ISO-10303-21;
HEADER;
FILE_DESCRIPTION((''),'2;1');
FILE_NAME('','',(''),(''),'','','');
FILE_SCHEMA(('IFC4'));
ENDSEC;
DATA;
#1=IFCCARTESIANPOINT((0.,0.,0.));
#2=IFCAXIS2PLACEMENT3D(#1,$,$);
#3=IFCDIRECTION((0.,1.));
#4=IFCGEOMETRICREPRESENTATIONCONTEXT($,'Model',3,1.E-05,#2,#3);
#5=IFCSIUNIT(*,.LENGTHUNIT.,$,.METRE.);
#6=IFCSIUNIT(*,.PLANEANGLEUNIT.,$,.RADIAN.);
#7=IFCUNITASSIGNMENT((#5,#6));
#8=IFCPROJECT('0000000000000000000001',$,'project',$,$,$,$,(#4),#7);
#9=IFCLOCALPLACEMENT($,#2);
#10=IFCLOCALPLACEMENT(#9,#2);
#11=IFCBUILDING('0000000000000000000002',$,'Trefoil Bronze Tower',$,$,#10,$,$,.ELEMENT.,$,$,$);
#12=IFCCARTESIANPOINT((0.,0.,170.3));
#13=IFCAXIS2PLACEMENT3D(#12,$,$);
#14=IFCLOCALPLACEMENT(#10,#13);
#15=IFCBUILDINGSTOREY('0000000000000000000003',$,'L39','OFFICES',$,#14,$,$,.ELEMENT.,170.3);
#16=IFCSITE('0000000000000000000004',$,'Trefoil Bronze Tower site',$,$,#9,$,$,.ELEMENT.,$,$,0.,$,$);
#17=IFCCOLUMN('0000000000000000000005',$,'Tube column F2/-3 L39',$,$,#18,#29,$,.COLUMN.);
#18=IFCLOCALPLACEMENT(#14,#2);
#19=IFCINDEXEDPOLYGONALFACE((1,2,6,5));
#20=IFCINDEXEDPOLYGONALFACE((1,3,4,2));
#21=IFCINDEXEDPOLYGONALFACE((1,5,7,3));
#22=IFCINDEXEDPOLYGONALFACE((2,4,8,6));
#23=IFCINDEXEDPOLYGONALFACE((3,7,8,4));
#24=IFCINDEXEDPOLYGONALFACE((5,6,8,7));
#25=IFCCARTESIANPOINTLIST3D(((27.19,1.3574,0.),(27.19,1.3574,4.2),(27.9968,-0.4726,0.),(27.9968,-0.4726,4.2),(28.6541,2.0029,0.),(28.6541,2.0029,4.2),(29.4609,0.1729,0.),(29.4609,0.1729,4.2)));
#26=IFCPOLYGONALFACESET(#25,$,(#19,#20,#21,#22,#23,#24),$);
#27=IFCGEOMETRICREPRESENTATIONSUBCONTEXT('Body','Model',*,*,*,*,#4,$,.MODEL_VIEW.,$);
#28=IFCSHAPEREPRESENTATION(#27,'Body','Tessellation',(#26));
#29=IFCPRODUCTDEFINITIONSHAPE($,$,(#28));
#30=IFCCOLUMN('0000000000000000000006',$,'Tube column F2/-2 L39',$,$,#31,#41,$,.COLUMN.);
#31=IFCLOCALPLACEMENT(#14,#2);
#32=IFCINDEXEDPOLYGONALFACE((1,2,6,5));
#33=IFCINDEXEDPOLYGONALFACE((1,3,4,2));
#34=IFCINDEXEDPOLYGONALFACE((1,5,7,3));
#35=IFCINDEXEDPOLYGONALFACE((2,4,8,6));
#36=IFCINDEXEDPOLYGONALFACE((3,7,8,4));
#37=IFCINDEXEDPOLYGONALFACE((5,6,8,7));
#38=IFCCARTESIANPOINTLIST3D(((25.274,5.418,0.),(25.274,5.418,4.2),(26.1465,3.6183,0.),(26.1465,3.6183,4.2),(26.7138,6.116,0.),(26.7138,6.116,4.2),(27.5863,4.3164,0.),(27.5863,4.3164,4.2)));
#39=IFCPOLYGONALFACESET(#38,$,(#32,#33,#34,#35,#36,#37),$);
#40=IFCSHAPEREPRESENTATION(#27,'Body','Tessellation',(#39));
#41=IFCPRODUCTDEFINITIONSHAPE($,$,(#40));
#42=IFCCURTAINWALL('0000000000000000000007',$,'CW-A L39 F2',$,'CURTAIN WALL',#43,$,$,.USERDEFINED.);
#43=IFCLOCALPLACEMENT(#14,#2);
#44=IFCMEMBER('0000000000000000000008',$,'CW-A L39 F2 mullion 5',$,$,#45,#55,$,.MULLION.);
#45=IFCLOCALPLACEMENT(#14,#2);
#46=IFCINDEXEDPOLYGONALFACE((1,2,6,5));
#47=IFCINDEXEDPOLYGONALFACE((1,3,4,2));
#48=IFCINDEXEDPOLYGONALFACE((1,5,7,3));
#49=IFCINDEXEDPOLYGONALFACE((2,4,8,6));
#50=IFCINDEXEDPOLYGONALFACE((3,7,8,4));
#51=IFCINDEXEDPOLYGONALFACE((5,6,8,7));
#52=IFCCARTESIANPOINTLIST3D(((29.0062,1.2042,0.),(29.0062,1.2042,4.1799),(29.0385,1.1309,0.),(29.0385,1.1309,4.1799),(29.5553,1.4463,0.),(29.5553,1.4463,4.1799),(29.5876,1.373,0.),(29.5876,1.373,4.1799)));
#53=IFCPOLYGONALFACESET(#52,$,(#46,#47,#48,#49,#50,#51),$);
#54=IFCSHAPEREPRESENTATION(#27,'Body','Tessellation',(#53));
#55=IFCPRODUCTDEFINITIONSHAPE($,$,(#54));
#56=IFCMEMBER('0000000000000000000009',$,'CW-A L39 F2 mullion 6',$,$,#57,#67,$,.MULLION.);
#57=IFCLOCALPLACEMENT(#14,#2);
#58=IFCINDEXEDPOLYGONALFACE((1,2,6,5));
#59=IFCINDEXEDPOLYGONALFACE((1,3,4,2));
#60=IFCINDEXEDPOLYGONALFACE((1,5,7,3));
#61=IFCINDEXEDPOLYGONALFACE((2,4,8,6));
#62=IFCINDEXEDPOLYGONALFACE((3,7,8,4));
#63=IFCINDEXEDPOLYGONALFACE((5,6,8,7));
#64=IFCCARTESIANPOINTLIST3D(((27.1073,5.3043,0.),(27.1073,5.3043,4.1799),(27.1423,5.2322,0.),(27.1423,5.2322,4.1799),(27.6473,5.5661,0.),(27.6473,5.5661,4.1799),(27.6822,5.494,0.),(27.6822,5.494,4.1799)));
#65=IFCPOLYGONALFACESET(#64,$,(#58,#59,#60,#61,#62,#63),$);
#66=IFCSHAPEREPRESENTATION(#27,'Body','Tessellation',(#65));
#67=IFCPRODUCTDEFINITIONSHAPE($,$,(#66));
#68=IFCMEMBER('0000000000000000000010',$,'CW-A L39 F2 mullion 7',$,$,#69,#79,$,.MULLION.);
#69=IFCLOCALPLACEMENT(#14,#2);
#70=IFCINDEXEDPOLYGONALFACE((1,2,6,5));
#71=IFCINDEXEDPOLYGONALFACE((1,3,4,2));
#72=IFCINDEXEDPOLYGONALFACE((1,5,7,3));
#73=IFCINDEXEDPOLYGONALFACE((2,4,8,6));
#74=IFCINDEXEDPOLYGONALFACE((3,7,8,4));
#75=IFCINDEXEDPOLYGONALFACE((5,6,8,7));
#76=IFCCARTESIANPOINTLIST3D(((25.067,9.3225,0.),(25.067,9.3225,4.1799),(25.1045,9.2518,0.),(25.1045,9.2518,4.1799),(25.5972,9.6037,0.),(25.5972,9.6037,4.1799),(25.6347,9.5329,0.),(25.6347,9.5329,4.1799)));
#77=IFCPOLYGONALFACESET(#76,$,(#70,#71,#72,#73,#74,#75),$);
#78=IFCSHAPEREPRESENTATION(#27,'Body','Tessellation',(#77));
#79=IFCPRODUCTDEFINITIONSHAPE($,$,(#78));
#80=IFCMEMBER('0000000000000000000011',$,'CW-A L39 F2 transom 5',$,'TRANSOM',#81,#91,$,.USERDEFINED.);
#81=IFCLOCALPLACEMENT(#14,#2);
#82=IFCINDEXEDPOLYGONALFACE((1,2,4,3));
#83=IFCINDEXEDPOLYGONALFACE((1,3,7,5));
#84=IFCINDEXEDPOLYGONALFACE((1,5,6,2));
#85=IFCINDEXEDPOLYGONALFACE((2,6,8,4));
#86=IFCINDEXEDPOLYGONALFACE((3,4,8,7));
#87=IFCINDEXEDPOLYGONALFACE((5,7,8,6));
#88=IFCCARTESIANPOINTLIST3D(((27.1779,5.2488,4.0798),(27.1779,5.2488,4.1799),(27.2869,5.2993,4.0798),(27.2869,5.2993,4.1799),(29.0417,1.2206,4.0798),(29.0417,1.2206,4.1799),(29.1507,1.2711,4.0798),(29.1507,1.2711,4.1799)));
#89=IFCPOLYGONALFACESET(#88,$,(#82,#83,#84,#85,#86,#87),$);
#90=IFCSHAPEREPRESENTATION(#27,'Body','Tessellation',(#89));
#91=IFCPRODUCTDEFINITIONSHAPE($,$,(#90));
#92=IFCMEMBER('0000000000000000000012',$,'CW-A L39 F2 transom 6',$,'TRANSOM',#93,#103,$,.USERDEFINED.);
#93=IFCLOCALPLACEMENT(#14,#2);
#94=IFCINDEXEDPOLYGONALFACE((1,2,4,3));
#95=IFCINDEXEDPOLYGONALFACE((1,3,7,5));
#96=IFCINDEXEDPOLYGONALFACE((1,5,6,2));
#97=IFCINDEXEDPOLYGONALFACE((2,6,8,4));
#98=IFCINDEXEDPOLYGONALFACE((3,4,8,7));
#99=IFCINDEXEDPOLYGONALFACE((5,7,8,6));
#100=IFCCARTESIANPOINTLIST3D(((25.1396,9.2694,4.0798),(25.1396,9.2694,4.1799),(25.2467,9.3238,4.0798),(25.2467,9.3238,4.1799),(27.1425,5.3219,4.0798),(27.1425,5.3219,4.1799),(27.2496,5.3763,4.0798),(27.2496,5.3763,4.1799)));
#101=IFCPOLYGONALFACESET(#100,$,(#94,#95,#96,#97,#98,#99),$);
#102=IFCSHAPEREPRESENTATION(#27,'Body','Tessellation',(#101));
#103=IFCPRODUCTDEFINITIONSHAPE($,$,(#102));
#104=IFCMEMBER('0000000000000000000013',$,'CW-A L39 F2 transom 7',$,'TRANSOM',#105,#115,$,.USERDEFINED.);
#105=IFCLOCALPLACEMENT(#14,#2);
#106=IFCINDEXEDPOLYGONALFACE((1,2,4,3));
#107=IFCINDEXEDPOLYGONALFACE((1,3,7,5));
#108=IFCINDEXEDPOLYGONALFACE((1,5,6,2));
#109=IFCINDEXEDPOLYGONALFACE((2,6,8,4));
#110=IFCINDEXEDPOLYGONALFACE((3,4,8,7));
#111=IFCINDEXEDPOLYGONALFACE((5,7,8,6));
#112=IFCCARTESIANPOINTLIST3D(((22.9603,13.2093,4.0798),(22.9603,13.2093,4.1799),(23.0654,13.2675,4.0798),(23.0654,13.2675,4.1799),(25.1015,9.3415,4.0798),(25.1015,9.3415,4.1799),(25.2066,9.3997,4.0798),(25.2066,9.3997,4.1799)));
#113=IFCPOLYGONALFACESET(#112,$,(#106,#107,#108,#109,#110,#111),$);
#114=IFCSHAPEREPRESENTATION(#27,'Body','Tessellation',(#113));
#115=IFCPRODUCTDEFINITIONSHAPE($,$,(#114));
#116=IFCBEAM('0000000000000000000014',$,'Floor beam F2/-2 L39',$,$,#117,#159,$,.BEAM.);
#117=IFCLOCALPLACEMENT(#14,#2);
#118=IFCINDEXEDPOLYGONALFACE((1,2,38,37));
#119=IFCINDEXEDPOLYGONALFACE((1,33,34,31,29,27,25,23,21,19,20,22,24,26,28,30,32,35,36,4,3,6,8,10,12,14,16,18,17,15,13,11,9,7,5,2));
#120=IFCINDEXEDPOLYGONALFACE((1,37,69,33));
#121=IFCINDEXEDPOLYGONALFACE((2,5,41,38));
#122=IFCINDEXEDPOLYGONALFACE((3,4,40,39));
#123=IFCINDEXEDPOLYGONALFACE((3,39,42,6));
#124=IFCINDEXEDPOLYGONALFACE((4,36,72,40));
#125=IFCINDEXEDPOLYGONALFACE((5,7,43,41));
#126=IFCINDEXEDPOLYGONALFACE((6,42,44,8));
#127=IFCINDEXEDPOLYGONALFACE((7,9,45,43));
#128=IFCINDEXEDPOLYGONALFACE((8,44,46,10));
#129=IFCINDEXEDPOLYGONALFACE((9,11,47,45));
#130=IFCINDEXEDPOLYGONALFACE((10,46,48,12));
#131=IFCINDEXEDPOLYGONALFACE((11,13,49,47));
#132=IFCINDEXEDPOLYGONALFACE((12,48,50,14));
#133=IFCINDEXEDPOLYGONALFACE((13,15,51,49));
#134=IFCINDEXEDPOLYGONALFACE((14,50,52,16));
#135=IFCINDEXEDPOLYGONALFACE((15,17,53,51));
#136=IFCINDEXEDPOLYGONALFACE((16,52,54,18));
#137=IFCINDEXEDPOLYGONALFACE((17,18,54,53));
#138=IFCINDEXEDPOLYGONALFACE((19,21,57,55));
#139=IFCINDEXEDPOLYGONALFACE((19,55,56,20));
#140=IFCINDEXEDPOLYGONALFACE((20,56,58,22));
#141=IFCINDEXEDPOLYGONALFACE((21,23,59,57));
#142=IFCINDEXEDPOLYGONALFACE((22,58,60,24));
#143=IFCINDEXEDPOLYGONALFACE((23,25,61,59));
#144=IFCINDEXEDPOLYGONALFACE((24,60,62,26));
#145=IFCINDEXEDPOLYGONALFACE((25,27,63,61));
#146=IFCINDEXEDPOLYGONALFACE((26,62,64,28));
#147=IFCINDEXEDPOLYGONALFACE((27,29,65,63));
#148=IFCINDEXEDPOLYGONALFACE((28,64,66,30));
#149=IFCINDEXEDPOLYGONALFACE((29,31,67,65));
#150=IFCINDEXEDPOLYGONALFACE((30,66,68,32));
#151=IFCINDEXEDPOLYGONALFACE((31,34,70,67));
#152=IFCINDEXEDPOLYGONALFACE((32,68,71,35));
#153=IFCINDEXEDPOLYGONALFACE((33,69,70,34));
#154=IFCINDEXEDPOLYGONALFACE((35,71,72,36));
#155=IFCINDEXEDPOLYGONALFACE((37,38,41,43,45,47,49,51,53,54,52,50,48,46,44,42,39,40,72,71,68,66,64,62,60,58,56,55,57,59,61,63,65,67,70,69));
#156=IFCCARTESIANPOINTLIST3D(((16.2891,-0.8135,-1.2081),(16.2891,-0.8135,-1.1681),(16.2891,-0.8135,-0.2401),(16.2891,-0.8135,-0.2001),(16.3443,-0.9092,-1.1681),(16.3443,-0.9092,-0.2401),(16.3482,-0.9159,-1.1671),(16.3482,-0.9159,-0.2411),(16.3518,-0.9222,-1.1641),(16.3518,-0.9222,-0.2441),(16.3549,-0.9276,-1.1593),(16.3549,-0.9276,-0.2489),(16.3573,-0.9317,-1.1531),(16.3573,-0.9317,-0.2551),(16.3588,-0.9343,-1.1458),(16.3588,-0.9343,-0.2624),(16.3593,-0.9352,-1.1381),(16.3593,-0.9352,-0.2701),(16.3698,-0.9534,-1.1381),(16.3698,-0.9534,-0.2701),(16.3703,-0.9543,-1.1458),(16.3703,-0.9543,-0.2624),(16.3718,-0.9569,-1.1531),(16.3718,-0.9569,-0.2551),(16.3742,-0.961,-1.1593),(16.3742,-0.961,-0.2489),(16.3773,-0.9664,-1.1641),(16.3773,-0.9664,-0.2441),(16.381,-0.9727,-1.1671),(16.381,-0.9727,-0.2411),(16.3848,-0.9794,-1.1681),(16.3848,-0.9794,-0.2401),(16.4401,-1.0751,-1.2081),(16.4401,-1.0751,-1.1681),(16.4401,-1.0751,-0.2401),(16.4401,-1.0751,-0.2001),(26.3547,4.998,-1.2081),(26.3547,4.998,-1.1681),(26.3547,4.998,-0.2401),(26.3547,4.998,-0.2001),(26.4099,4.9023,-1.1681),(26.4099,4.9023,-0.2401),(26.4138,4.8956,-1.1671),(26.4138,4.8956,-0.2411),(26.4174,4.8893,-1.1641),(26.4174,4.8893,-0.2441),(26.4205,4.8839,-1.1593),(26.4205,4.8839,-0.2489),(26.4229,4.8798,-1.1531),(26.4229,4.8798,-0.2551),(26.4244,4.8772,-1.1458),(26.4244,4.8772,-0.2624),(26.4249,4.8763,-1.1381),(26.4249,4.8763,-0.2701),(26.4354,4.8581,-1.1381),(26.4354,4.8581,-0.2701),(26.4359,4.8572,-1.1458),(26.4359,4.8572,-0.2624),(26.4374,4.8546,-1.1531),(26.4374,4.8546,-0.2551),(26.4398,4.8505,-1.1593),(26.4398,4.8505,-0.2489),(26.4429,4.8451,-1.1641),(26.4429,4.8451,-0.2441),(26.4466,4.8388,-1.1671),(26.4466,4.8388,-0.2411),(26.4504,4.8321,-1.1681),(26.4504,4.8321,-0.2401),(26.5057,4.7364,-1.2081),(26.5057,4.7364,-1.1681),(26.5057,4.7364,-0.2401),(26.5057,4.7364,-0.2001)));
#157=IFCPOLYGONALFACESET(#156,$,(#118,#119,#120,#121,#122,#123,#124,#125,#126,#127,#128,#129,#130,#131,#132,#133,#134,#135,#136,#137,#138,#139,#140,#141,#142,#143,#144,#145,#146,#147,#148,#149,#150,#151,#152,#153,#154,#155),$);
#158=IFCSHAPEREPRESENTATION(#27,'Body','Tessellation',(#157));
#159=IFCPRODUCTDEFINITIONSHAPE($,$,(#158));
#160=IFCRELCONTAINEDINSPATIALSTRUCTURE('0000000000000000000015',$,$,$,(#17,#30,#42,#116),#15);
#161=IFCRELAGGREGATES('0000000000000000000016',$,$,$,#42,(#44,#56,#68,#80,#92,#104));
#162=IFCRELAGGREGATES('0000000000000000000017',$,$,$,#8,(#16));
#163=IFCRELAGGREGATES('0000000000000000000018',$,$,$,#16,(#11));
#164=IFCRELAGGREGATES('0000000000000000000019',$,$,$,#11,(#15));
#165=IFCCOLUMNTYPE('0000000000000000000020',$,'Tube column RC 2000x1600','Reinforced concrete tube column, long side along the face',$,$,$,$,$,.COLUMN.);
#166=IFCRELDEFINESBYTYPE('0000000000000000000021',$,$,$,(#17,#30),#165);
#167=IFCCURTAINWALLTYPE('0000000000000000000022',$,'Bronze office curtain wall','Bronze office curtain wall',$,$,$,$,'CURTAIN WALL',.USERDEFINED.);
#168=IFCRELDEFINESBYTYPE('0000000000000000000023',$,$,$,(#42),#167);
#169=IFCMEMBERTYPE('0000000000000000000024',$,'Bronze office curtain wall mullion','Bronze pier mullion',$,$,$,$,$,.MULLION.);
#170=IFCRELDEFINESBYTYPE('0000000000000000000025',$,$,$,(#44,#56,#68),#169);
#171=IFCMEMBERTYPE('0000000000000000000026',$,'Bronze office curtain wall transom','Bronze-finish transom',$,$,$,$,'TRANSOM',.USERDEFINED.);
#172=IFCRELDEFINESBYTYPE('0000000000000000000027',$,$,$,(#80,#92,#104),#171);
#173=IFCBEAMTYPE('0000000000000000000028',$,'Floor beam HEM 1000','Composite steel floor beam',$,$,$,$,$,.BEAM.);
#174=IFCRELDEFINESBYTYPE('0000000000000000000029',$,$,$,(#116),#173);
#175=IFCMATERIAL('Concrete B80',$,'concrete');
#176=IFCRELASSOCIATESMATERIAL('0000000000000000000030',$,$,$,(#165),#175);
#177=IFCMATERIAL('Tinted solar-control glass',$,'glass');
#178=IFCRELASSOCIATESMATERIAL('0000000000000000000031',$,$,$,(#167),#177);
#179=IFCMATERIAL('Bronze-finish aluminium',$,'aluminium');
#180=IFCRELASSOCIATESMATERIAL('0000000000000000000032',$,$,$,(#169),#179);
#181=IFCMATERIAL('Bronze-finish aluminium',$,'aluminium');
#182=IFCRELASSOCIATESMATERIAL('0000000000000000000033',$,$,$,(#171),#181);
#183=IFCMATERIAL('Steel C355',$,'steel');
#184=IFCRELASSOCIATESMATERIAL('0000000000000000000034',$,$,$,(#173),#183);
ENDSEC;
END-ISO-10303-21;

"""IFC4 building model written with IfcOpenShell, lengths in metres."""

from ifc_helpers import new_model, si_unit, direction, frame, origin, origin_2d, place, context, subcontext, project, spatial, rectangle, i_section, extrude, material, material_profile, profile_set, type_object, element, aggregate, save


model = new_model("IFC4")

# Units and contexts
model_context = context("Model", 3, precision=1e-05, world=origin(), true_north=direction((0.0, 1.0)))
body_context = subcontext(model_context, "Body", "Model", "MODEL_VIEW")
ifc_project = project(units=[si_unit("LENGTHUNIT", "METRE"), si_unit("PLANEANGLEUNIT", "RADIAN")], contexts=[model_context])

# Site, building, storey
site_placement = place(None, origin())
site = spatial("IfcSite", under=ifc_project, at=site_placement, Name="Trefoil Bronze Tower site", CompositionType="ELEMENT", RefElevation=0.0)
building_placement = place(site_placement, origin())
building = spatial("IfcBuilding", under=site, at=building_placement, Name="Trefoil Bronze Tower", CompositionType="ELEMENT")
storey_placement = place(building_placement, frame((0.0, 0.0, 170.3)))
storey = spatial("IfcBuildingStorey", under=building, at=storey_placement, Name="L39", Description="OFFICES", CompositionType="ELEMENT", Elevation=170.3)

# Columns
ifc_material_1 = material(Name="Concrete B80", Category="concrete")
ifc_material_profile_1 = material_profile(ifc_material_1, rectangle(XDim=2.0, YDim=1.6001, at=origin_2d()), Name="RC 2000x1600")
ifc_profile_set_1 = profile_set([ifc_material_profile_1], Name="Concrete B80")
column_type = type_object("IfcColumnType", Name="Tube column RC 2000x1600", Description="Reinforced concrete tube column, long side along the face", PredefinedType="COLUMN", material=ifc_profile_set_1)
for number, where, z_axis, x_axis, name in (
    (1, (28.3254, 0.7651, 0.0), (0.0, 0.0, 1.0), (-0.403412, 0.915018, 0.0), "Tube column F2/-3 L39"),
    (2, (26.4302, 4.8672, 0.0), (0.0, 0.0, 1.0), (-0.436262, 0.89982, 0.0), "Tube column F2/-2 L39"),
):
    element("IfcColumn", number, at=place(storey_placement, frame(where, z_axis=z_axis, x_axis=x_axis)), inside=storey, type_object=column_type, Name=name, PredefinedType="COLUMN", context=body_context, shape_type="SweptSolid", body=[
        extrude(rectangle(XDim=2.0, YDim=1.6001, at=origin_2d()), origin(), (0.0, 0.0, 1.0), 4.2),
    ])

# Curtain wall, members
ifc_material_2 = material(Name="Tinted solar-control glass", Category="glass")
curtain_wall_type = type_object("IfcCurtainWallType", Name="Bronze office curtain wall", Description="Bronze office curtain wall", ElementType="CURTAIN WALL", PredefinedType="USERDEFINED", material=ifc_material_2)
curtain_wall_placement = place(storey_placement, origin())
curtain_wall = element("IfcCurtainWall", 3, at=curtain_wall_placement, inside=storey, type_object=curtain_wall_type, Name="CW-A L39 F2", ObjectType="CURTAIN WALL", PredefinedType="USERDEFINED")
ifc_material_3 = material(Name="Bronze-finish aluminium", Category="aluminium")
ifc_material_profile_2 = material_profile(ifc_material_3, rectangle(XDim=0.6001, YDim=0.0801, at=origin_2d()), Name="CW-A mullion")
ifc_profile_set_2 = profile_set([ifc_material_profile_2], Name="Bronze-finish aluminium")
member_type_1 = type_object("IfcMemberType", Name="Bronze office curtain wall mullion", Description="Bronze pier mullion", PredefinedType="MULLION", material=ifc_profile_set_2)
member_1_placement = place(storey_placement, frame((29.2969, 1.2886, 0.0), z_axis=(0.0, 0.0, 1.0), x_axis=(-0.915018, -0.403412, 0.0)))
member_1 = element("IfcMember", 4, at=member_1_placement, type_object=member_type_1, Name="CW-A L39 F2 mullion 5", PredefinedType="MULLION", context=body_context, shape_type="SweptSolid", body=[
    extrude(rectangle(XDim=0.6001, YDim=0.0801, at=origin_2d()), origin(), (0.0, 0.0, 1.0), 4.1799),
])
member_2_placement = place(storey_placement, frame((27.3948, 5.3992, 0.0), z_axis=(0.0, 0.0, 1.0), x_axis=(-0.89982, -0.436262, 0.0)))
member_2 = element("IfcMember", 5, at=member_2_placement, type_object=member_type_1, Name="CW-A L39 F2 mullion 6", PredefinedType="MULLION", context=body_context, shape_type="SweptSolid", body=[
    extrude(rectangle(XDim=0.6001, YDim=0.0801, at=origin_2d()), origin(), (0.0, 0.0, 1.0), 4.1799),
])
member_3_placement = place(storey_placement, frame((25.3508, 9.4277, 0.0), z_axis=(0.0, 0.0, 1.0), x_axis=(-0.883486, -0.468457, 0.0)))
member_3 = element("IfcMember", 6, at=member_3_placement, type_object=member_type_1, Name="CW-A L39 F2 mullion 7", PredefinedType="MULLION", context=body_context, shape_type="SweptSolid", body=[
    extrude(rectangle(XDim=0.6001, YDim=0.0801, at=origin_2d()), origin(), (0.0, 0.0, 1.0), 4.1799),
])
ifc_material_4 = material(Name="Bronze-finish aluminium", Category="aluminium")
ifc_material_profile_3 = material_profile(ifc_material_4, rectangle(XDim=0.1201, YDim=0.1001, at=origin_2d()), Name="CW-A transom")
ifc_profile_set_3 = profile_set([ifc_material_profile_3], Name="Bronze-finish aluminium")
member_type_2 = type_object("IfcMemberType", Name="Bronze office curtain wall transom", Description="Bronze-finish transom", ElementType="TRANSOM", PredefinedType="USERDEFINED", material=ifc_profile_set_3)
member_4_placement = place(storey_placement, frame((29.0962, 1.2458, 4.1299), z_axis=(-0.419923, 0.90756, 0.0), x_axis=(-0.90756, -0.419923, 0.0)))
member_4 = element("IfcMember", 7, at=member_4_placement, type_object=member_type_2, Name="CW-A L39 F2 transom 5", ObjectType="TRANSOM", PredefinedType="USERDEFINED", context=body_context, shape_type="SweptSolid", body=[
    extrude(rectangle(XDim=0.1201, YDim=0.1001, at=origin_2d()), origin(), (0.0, 0.0, 1.0), 4.4385),
])
member_5_placement = place(storey_placement, frame((27.196, 5.3491, 4.1299), z_axis=(-0.452478, 0.891775, 0.0), x_axis=(-0.891775, -0.452478, 0.0)))
member_5 = element("IfcMember", 8, at=member_5_placement, type_object=member_type_2, Name="CW-A L39 F2 transom 6", ObjectType="TRANSOM", PredefinedType="USERDEFINED", context=body_context, shape_type="SweptSolid", body=[
    extrude(rectangle(XDim=0.1201, YDim=0.1001, at=origin_2d()), origin(), (0.0, 0.0, 1.0), 4.4265),
])
member_6_placement = place(storey_placement, frame((25.1541, 9.3706, 4.1299), z_axis=(-0.484329, 0.874886, 0.0), x_axis=(-0.874886, -0.484329, 0.0)))
member_6 = element("IfcMember", 9, at=member_6_placement, type_object=member_type_2, Name="CW-A L39 F2 transom 7", ObjectType="TRANSOM", PredefinedType="USERDEFINED", context=body_context, shape_type="SweptSolid", body=[
    extrude(rectangle(XDim=0.1201, YDim=0.1001, at=origin_2d()), origin(), (0.0, 0.0, 1.0), 4.4209),
])

# Beam
ifc_material_5 = material(Name="Steel C355", Category="steel")
ifc_material_profile_4 = material_profile(ifc_material_5, i_section(OverallWidth=0.302, OverallDepth=1.0081, WebThickness=0.021, FlangeThickness=0.04, FilletRadius=0.03, at=origin_2d()), Name="HEM 1000")
ifc_profile_set_4 = profile_set([ifc_material_profile_4], Name="Steel C355")
beam_type_1 = type_object("IfcBeamType", Name="Floor beam HEM 1000", Description="Composite steel floor beam", PredefinedType="BEAM", material=ifc_profile_set_4)
beam_1_placement = place(storey_placement, frame((26.4302, 4.8672, -0.7041), z_axis=(-0.866022, -0.500007, 0.0), x_axis=(0.500007, -0.866022, 0.0)))
element("IfcBeam", 10, at=beam_1_placement, inside=storey, type_object=beam_type_1, Name="Floor beam F2/-2 L39", PredefinedType="BEAM", context=body_context, shape_type="SweptSolid", body=[
    extrude(i_section(OverallWidth=0.302, OverallDepth=1.0081, WebThickness=0.021, FlangeThickness=0.04, FilletRadius=0.03, at=origin_2d()), origin(), (0.0, 0.0, 1.0), 11.6228),
])

aggregate(curtain_wall, [member_1, member_2, member_3, member_4, member_5, member_6])

save(model, "model.ifc")
